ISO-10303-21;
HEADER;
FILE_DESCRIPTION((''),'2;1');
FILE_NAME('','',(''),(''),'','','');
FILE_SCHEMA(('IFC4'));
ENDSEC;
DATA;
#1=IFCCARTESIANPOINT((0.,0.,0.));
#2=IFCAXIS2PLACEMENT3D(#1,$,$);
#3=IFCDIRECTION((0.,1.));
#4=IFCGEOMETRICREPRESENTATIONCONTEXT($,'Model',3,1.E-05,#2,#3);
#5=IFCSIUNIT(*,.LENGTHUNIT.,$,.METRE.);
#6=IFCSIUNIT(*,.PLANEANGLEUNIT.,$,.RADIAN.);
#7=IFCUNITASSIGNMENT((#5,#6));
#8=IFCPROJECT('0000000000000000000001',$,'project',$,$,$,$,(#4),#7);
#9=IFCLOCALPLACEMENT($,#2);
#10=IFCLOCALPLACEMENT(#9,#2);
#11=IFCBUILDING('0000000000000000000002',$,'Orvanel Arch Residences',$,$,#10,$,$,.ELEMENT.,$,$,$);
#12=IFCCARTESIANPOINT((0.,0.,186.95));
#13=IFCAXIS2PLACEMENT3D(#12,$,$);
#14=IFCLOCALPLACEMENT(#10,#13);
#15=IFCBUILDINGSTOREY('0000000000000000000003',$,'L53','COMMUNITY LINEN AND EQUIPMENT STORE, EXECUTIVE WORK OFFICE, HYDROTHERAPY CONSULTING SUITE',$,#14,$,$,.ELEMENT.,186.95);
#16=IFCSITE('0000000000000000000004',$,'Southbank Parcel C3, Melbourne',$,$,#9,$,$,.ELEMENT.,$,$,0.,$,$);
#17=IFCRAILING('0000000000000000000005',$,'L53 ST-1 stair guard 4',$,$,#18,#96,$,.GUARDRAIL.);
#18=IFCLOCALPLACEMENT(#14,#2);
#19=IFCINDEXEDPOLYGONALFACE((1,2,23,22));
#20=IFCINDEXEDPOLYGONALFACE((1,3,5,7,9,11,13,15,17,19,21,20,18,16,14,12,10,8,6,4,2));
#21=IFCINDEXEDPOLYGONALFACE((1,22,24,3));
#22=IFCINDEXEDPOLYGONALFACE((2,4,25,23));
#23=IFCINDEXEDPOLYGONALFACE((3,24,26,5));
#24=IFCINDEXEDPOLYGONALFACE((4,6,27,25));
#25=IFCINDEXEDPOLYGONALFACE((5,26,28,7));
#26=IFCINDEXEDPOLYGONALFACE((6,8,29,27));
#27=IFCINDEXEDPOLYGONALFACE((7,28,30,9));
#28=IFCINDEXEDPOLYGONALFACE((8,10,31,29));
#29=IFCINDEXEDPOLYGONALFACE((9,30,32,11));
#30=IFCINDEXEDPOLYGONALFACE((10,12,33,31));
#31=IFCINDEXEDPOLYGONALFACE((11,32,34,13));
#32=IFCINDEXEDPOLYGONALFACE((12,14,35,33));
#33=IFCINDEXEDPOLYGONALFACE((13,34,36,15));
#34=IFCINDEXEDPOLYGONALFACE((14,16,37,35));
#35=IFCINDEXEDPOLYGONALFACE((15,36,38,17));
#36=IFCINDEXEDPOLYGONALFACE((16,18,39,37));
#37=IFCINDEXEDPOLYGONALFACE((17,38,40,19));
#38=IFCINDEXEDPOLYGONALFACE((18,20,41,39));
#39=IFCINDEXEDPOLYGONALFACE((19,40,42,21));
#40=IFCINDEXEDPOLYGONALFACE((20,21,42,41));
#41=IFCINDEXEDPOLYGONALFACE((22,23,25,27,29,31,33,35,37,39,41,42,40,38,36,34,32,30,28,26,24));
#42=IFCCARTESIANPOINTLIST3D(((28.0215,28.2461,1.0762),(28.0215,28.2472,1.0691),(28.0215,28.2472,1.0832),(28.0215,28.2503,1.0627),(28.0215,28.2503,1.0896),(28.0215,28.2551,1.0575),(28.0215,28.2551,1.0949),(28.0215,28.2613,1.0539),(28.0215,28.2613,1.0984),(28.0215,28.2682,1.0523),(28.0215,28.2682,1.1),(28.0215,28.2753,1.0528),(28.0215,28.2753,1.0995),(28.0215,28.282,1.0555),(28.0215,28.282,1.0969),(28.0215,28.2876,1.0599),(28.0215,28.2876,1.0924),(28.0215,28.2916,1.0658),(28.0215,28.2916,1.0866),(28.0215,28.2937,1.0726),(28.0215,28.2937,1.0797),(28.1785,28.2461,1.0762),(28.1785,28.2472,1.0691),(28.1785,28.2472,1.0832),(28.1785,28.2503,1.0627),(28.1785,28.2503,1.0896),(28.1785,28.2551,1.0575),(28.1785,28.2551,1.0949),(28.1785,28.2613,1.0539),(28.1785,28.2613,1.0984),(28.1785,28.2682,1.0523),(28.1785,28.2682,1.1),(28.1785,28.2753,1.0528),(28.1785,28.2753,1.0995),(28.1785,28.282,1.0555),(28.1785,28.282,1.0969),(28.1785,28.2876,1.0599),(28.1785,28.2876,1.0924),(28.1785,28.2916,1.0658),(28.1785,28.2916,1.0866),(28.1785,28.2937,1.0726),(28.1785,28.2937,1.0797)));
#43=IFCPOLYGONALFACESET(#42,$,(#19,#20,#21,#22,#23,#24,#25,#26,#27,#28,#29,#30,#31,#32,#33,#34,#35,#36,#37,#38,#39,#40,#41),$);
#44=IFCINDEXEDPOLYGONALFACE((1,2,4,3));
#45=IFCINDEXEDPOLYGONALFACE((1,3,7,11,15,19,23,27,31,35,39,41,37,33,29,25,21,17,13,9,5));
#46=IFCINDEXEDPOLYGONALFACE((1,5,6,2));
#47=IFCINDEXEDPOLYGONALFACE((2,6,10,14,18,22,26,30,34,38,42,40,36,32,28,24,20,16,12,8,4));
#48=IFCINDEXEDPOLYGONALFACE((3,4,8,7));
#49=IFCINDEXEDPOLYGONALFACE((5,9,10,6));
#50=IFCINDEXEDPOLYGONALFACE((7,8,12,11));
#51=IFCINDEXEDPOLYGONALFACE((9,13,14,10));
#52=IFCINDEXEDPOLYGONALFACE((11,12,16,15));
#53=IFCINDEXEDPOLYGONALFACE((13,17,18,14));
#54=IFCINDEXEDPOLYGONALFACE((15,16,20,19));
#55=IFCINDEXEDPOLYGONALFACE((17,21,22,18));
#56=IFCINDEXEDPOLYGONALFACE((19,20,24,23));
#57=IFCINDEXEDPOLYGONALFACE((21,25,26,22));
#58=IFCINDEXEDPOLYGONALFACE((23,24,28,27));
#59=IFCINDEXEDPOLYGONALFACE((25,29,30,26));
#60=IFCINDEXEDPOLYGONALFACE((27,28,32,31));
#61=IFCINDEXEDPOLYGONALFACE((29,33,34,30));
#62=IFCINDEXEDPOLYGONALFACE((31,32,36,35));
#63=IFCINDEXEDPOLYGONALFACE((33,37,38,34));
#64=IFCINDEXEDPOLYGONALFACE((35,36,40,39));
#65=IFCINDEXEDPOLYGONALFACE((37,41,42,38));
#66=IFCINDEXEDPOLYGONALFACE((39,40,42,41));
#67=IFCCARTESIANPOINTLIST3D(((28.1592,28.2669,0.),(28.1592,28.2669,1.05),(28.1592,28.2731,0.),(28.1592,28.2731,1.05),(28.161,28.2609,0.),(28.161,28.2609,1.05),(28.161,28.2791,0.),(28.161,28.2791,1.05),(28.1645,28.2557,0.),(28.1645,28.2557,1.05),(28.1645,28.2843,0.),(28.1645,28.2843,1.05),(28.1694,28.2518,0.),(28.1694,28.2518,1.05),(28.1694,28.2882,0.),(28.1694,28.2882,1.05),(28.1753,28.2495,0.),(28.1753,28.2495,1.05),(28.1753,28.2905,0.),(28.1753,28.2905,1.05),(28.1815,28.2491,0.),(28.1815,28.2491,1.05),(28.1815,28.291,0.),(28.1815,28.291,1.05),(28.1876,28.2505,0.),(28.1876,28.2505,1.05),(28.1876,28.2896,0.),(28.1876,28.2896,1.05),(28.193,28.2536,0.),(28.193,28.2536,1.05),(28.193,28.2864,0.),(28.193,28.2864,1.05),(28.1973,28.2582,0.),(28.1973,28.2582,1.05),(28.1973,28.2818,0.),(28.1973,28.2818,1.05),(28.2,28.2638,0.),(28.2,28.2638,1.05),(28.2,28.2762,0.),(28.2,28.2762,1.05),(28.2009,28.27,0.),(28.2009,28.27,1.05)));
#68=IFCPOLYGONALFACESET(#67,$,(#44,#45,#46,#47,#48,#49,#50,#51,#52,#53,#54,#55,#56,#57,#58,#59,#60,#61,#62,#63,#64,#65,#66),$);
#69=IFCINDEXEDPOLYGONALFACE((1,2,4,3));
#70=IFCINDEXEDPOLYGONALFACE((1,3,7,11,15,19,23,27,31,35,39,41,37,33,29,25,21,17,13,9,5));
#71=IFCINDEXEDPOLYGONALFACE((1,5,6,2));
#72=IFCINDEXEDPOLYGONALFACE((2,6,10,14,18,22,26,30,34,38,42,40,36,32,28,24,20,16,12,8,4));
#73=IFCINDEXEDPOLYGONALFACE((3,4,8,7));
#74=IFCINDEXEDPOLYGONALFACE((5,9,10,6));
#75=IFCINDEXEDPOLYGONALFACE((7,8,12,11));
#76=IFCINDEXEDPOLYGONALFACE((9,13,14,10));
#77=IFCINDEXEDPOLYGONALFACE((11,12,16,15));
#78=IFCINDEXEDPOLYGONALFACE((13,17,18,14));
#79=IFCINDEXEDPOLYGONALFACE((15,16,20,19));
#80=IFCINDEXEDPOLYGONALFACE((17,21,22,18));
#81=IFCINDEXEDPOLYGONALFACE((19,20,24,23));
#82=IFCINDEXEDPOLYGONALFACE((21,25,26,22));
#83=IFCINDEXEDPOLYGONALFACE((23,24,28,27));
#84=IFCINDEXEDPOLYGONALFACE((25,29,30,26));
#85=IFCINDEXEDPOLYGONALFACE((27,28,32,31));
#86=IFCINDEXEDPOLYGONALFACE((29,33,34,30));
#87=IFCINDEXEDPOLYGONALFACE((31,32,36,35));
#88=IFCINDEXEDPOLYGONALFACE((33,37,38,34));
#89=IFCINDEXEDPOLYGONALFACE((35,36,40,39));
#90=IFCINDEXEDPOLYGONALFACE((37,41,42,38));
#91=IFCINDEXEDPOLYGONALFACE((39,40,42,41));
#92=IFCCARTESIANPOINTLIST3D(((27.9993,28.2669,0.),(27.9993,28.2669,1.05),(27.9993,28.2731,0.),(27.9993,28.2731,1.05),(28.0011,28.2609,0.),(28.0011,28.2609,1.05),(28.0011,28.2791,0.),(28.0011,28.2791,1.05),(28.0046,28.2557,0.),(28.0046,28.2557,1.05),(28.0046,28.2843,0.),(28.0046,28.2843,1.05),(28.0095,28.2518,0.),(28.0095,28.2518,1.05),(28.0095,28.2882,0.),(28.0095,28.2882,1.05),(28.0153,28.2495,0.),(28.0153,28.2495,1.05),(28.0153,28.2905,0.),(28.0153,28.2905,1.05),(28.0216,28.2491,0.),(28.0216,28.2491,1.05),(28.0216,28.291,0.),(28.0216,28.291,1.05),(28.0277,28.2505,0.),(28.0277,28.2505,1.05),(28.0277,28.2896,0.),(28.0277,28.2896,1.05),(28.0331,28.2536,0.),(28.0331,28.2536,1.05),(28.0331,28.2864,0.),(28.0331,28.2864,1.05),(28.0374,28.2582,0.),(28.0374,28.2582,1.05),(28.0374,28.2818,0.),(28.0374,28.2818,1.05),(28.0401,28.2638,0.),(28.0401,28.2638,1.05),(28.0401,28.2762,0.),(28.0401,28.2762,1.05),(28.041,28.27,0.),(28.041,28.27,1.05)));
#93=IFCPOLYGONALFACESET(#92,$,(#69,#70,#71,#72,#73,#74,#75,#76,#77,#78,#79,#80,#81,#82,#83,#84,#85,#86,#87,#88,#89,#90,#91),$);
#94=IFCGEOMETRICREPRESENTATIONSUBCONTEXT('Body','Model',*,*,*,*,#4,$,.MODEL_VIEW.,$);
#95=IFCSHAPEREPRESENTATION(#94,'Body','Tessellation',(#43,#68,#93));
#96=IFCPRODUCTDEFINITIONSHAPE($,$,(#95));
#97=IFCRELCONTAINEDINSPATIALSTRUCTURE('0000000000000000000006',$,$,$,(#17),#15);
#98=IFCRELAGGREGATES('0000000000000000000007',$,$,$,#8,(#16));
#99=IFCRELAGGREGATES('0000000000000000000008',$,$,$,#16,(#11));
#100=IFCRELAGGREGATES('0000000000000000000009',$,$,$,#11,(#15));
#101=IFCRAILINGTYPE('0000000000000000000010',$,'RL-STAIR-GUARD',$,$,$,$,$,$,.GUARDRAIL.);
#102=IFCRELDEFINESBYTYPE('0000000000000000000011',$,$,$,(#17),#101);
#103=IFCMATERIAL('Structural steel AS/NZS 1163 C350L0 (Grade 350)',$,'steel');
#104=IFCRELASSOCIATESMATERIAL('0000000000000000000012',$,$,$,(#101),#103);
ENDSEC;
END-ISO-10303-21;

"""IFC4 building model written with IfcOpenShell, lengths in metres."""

from ifc_helpers import new_model, si_unit, direction, frame, origin, origin_2d, place, context, subcontext, project, spatial, circle, extrude, material, type_object, element, save


model = new_model("IFC4")

# Units and contexts
model_context = context("Model", 3, precision=1e-05, world=origin(), true_north=direction((0.0, 1.0)))
body_context = subcontext(model_context, "Body", "Model", "MODEL_VIEW")
ifc_project = project(units=[si_unit("LENGTHUNIT", "METRE"), si_unit("PLANEANGLEUNIT", "RADIAN")], contexts=[model_context])

# Site, building, storey
site_placement = place(None, origin())
site = spatial("IfcSite", under=ifc_project, at=site_placement, Name="Southbank Parcel C3, Melbourne", CompositionType="ELEMENT", RefElevation=0.0)
building_placement = place(site_placement, origin())
building = spatial("IfcBuilding", under=site, at=building_placement, Name="Orvanel Arch Residences", CompositionType="ELEMENT")
storey_placement = place(building_placement, frame((0.0, 0.0, 186.95)))
storey = spatial("IfcBuildingStorey", under=building, at=storey_placement, Name="L53", Description="COMMUNITY LINEN AND EQUIPMENT STORE, EXECUTIVE WORK OFFICE, HYDROTHERAPY CONSULTING SUITE", CompositionType="ELEMENT", Elevation=186.95)

# Railing
ifc_material_1 = material(Name="Structural steel AS/NZS 1163 C350L0 (Grade 350)", Category="steel")
railing_type_1 = type_object("IfcRailingType", Name="RL-STAIR-GUARD", PredefinedType="GUARDRAIL", material=ifc_material_1)
railing_1_placement = place(storey_placement, frame((28.1799, 28.27, 0.0)))
element("IfcRailing", 1, at=railing_1_placement, inside=storey, type_object=railing_type_1, Name="L53 ST-1 stair guard 4", PredefinedType="GUARDRAIL", context=body_context, shape_type="SweptSolid", body=[
    extrude(circle(Radius=0.0239, at=origin_2d()), frame((-0.0015, 0.0, 1.0762), z_axis=(-1.0, 0.0, 0.0), x_axis=(0.0, -1.0, 0.0)), (0.0, 0.0, 1.0), 0.157),
    extrude(circle(Radius=0.021, at=origin_2d()), origin(), (0.0, 0.0, 1.0), 1.05),
    extrude(circle(Radius=0.021, at=origin_2d()), frame((-0.1599, 0.0, 0.0)), (0.0, 0.0, 1.0), 1.05),
])

save(model, "model.ifc")
